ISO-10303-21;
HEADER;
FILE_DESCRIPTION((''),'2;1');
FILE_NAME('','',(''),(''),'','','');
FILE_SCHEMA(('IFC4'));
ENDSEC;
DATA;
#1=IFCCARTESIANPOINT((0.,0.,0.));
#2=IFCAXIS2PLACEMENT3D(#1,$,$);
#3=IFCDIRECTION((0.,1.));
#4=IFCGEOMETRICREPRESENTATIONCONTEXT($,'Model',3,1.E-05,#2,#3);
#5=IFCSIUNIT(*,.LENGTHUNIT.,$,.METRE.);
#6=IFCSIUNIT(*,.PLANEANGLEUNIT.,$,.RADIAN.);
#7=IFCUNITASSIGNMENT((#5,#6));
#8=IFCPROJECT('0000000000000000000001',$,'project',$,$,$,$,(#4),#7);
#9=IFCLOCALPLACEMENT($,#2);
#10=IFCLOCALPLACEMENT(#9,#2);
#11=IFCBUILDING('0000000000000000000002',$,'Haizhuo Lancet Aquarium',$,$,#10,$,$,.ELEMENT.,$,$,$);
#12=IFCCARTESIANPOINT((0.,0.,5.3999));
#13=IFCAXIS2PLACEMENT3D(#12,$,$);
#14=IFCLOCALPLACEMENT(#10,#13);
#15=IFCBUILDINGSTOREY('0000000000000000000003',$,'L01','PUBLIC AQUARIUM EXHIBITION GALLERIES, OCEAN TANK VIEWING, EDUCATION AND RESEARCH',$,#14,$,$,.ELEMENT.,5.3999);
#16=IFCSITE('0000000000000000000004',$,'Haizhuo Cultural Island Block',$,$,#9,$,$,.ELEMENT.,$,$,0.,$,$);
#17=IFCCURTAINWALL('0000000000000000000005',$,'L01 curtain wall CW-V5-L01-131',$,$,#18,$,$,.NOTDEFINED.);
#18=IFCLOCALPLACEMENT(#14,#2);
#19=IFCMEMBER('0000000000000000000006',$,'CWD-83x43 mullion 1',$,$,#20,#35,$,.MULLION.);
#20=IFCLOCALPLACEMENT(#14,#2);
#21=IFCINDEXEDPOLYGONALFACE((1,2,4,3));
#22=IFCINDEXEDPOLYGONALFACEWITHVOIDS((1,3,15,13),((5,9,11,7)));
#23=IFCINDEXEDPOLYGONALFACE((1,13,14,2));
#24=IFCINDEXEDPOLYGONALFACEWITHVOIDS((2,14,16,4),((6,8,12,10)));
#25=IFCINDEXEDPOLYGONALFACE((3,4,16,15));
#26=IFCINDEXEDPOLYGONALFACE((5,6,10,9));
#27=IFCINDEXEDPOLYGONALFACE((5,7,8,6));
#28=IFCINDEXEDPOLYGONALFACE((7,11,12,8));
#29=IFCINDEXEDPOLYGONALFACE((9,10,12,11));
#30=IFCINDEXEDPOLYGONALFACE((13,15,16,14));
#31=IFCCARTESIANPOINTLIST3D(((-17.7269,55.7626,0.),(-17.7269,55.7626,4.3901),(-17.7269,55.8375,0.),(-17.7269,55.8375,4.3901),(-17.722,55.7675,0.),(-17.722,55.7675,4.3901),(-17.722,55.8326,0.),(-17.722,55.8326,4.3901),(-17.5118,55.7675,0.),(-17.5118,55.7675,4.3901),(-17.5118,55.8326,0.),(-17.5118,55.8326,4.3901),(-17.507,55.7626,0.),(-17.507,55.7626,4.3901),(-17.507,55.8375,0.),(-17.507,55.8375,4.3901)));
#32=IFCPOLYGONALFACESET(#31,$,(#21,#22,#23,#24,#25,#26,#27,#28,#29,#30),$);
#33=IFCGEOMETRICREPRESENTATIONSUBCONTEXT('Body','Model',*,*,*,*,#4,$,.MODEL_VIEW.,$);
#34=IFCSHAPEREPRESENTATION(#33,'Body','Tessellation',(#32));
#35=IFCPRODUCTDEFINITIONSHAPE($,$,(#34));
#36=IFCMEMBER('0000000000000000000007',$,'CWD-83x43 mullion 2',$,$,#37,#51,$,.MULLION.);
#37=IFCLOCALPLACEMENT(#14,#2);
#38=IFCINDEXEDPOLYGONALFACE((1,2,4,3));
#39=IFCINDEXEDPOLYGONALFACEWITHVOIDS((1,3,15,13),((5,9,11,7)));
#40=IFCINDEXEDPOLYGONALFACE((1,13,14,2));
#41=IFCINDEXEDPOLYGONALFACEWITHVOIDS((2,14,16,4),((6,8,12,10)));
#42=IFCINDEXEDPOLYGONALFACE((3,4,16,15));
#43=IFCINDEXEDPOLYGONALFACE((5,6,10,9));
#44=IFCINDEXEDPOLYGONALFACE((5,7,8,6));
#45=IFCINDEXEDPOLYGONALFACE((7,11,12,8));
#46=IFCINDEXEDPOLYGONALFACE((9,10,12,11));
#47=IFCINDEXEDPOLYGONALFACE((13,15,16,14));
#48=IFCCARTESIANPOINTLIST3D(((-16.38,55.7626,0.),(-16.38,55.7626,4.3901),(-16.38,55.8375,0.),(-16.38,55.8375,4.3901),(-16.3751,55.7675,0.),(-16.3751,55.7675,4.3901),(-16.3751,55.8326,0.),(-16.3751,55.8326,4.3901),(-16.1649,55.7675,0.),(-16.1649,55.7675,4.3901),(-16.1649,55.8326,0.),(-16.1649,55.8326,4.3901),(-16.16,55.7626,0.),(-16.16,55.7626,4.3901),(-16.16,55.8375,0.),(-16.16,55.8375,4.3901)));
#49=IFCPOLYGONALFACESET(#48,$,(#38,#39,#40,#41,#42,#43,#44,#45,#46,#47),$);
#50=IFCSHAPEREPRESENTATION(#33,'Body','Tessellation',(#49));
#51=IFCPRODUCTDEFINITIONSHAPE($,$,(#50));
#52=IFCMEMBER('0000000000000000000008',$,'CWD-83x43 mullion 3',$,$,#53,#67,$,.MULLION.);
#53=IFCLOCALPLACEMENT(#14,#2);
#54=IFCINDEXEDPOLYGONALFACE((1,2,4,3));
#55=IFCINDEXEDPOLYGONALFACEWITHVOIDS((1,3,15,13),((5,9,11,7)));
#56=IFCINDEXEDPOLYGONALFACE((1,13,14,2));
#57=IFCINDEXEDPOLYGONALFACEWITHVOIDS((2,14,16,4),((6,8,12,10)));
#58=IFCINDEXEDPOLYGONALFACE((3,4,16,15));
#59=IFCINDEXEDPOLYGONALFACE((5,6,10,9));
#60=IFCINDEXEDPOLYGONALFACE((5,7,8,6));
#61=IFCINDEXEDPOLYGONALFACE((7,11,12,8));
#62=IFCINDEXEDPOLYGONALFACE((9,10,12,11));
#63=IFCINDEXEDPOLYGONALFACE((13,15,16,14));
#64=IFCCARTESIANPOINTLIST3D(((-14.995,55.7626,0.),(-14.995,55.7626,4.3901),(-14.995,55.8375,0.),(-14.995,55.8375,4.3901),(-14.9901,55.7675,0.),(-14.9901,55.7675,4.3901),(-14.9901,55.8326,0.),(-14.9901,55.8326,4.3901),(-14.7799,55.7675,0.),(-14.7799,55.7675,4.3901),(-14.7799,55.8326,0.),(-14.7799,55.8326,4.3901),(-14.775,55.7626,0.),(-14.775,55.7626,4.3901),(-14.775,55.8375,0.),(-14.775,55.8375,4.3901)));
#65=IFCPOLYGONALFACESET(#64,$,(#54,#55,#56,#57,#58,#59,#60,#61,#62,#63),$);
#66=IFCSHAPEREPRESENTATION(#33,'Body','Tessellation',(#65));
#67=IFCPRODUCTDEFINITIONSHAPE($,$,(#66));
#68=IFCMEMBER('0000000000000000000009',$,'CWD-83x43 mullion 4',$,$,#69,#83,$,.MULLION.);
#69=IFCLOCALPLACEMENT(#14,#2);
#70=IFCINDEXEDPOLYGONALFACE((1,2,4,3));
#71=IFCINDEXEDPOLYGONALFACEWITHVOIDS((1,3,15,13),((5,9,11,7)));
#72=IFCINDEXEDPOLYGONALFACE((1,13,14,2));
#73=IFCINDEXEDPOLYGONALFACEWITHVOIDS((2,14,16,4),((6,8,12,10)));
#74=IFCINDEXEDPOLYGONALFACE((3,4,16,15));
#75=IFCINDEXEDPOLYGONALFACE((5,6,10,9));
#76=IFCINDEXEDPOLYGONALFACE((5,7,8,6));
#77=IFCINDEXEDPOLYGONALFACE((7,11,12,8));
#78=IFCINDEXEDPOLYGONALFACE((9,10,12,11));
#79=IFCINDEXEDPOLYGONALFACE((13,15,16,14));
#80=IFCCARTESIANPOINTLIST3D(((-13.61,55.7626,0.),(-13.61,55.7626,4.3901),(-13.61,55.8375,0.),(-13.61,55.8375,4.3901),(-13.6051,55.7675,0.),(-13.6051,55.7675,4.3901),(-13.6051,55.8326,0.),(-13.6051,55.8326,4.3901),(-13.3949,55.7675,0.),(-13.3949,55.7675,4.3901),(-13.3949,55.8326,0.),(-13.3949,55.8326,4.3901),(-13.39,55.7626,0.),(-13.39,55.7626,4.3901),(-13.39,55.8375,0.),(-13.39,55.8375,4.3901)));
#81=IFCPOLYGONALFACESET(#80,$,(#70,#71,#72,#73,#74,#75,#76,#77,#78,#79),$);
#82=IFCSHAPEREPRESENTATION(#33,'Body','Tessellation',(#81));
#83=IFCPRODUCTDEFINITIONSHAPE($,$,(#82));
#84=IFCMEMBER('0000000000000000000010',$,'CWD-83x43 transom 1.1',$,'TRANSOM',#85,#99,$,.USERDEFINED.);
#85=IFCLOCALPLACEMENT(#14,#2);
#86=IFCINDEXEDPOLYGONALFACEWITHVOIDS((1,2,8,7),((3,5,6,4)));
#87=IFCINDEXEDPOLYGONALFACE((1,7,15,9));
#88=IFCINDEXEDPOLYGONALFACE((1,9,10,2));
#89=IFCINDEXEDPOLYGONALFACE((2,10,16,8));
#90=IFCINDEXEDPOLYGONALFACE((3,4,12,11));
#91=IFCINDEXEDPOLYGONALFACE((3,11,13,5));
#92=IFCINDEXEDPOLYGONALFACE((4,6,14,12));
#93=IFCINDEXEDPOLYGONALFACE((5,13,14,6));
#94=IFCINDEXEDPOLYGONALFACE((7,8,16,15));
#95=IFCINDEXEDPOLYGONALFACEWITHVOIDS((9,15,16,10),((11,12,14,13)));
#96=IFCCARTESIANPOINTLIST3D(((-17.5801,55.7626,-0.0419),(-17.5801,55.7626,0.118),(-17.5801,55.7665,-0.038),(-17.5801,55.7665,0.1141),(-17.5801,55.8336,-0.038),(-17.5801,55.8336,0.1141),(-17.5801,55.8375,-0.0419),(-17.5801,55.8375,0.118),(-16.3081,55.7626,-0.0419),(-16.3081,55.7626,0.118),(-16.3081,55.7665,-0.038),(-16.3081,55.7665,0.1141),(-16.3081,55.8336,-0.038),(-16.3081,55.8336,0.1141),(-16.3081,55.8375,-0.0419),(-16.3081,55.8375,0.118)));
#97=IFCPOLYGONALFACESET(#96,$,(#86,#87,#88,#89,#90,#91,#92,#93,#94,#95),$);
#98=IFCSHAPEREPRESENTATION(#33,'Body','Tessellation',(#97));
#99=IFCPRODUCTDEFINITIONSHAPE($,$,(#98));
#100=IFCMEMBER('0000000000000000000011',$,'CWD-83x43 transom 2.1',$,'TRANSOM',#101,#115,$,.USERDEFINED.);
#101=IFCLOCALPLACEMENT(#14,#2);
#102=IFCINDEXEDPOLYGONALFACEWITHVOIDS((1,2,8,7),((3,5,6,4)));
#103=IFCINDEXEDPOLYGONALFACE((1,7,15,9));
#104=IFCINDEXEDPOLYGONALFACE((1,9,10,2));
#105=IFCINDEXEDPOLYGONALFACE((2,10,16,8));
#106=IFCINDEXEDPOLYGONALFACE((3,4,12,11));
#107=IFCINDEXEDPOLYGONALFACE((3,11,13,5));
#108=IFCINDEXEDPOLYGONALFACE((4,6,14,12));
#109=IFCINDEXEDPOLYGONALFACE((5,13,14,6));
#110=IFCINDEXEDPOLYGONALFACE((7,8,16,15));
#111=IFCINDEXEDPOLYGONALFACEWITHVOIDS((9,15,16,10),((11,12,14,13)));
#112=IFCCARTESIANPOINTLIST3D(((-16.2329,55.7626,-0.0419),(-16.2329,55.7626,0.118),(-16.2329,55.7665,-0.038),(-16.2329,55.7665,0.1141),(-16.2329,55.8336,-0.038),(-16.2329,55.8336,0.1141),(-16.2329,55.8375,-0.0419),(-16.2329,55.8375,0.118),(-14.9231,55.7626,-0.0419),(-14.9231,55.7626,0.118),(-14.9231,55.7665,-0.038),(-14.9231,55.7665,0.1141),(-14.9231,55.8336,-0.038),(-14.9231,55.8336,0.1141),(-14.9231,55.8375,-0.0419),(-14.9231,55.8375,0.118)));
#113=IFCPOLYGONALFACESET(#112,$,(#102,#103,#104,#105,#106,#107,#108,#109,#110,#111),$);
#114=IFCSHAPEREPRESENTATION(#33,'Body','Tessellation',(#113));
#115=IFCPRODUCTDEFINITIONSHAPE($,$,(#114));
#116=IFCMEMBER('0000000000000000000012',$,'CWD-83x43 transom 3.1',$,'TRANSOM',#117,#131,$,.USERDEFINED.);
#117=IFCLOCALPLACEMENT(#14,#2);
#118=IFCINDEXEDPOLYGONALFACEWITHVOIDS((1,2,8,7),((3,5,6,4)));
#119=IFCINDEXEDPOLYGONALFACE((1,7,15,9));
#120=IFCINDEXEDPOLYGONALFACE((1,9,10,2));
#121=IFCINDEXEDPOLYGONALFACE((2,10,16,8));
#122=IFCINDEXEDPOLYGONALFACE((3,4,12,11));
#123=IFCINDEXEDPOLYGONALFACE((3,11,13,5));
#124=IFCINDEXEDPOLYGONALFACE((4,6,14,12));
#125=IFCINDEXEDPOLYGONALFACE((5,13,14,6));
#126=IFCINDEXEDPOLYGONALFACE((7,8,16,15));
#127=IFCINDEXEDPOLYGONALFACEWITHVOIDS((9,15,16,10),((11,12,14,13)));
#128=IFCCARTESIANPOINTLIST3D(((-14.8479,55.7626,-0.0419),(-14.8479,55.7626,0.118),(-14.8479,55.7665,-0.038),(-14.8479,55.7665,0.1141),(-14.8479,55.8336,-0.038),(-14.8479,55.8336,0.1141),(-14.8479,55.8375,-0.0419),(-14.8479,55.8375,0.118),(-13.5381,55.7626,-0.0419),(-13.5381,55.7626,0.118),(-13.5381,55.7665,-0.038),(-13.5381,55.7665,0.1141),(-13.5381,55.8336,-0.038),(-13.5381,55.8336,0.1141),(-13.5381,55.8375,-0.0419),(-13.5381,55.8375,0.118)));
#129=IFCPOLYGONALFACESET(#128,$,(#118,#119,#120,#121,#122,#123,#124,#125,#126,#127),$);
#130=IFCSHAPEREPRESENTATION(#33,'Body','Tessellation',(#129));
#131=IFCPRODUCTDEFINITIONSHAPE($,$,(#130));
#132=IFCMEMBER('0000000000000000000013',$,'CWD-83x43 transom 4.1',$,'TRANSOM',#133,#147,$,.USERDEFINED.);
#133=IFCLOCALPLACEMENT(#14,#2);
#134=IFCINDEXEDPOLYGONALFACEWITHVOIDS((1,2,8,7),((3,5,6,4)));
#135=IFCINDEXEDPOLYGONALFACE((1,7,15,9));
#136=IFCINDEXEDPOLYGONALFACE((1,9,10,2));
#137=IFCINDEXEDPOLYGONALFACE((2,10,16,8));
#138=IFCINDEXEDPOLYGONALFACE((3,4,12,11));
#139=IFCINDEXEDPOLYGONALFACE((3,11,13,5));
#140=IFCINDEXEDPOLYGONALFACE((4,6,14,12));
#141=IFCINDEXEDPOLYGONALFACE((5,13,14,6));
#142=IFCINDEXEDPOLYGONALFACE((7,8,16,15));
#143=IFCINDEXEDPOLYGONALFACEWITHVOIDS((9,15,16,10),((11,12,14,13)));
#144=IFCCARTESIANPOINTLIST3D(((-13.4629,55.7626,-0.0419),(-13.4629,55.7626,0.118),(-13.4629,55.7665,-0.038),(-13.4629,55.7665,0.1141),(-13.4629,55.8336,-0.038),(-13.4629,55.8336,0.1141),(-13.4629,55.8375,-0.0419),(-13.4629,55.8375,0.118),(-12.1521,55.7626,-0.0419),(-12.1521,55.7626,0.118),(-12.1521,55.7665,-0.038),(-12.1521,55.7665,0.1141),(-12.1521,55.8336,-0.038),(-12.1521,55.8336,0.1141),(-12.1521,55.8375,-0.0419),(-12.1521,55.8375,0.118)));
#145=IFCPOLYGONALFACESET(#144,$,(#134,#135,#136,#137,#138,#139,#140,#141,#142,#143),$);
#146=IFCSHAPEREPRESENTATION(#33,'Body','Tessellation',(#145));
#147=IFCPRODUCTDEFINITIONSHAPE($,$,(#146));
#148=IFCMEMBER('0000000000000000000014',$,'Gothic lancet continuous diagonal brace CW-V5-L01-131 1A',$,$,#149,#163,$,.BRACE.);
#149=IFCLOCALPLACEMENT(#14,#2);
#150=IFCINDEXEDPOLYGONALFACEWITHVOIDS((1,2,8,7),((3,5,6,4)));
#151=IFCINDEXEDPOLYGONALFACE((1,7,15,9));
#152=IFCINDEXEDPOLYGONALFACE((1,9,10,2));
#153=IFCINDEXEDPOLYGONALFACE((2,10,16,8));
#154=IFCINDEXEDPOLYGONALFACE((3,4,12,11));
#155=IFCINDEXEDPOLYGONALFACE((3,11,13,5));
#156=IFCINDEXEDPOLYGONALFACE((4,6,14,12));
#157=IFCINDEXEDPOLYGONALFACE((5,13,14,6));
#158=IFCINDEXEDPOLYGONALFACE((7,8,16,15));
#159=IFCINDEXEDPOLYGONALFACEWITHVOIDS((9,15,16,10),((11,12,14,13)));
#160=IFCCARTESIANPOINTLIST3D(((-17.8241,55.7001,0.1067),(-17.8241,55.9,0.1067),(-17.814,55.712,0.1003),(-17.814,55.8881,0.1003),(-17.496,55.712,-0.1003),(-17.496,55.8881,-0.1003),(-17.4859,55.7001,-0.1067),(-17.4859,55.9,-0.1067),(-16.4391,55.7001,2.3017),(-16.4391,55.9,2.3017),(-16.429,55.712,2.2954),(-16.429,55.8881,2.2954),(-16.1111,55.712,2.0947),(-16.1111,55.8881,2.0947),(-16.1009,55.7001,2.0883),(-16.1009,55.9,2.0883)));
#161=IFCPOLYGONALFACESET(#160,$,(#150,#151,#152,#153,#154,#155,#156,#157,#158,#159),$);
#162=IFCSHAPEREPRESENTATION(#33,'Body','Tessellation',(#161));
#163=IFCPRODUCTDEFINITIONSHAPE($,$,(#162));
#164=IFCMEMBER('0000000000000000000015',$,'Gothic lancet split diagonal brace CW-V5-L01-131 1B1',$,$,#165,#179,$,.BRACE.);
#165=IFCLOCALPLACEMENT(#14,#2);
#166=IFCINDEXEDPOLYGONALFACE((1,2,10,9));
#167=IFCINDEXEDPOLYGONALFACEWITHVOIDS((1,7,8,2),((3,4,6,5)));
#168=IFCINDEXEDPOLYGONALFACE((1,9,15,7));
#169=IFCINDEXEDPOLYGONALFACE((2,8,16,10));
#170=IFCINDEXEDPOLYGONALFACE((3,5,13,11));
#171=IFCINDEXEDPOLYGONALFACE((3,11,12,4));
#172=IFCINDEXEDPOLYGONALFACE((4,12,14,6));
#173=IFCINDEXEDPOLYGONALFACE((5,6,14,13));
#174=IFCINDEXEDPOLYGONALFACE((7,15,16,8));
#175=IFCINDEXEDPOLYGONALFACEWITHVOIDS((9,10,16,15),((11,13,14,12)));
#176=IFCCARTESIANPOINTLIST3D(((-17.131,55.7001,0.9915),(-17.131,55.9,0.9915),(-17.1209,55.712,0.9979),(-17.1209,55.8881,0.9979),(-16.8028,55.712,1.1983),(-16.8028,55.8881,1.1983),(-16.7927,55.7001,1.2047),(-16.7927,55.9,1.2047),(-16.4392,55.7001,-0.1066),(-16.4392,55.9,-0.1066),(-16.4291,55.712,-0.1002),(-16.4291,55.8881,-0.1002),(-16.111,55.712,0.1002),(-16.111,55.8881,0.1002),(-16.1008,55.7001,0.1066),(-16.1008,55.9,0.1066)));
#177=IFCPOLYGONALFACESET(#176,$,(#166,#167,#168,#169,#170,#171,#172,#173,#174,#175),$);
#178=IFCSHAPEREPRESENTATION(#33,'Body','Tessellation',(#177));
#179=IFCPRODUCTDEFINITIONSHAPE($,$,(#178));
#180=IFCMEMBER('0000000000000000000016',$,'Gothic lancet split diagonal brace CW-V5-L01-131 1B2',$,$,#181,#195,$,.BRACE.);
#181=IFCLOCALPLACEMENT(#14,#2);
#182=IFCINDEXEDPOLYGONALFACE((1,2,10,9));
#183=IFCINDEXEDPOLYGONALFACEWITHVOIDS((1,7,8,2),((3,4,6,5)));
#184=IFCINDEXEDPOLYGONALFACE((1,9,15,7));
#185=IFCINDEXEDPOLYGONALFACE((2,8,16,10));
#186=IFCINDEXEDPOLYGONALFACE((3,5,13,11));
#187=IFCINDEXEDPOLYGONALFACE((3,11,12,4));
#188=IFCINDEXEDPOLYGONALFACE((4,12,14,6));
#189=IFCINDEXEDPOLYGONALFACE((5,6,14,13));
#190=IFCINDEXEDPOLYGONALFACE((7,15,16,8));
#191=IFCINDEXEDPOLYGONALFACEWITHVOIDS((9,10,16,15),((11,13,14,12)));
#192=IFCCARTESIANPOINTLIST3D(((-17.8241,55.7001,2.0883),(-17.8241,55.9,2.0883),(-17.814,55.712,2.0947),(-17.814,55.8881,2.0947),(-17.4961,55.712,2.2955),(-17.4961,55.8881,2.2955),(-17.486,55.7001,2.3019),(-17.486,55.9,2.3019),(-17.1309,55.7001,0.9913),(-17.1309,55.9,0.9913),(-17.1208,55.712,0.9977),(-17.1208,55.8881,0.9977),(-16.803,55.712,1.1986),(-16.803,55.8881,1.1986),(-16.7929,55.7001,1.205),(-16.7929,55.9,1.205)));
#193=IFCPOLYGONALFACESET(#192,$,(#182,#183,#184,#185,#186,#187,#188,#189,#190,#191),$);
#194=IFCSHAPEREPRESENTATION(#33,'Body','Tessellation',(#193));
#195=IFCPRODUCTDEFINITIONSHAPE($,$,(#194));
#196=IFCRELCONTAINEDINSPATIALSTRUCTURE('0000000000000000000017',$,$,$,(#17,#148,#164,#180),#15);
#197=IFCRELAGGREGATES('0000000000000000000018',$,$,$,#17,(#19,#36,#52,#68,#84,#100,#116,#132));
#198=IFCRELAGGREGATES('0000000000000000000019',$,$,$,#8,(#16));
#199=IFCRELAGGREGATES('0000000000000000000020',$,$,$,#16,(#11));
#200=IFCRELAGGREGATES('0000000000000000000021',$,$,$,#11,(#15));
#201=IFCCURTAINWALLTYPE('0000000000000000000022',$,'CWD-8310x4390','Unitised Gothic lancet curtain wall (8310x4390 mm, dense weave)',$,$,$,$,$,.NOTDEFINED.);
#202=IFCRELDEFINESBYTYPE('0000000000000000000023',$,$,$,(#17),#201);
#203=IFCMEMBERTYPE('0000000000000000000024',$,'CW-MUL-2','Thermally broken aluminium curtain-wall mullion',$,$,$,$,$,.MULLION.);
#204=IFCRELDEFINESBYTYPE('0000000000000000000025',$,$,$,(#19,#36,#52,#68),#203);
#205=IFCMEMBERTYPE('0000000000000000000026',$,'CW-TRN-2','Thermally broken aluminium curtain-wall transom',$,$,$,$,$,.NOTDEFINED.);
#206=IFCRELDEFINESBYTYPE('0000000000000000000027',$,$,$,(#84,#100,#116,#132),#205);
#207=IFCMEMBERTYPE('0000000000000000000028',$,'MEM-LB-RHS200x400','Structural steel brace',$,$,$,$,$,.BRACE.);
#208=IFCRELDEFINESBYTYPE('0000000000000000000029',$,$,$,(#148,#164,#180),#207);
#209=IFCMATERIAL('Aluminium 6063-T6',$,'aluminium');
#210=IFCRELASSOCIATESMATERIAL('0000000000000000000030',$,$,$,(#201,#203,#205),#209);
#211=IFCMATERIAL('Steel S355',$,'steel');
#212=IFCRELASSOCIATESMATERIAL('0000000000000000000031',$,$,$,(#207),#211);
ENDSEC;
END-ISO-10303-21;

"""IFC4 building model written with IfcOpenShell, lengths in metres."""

from ifc_helpers import new_model, si_unit, direction, frame, origin, origin_2d, place, context, subcontext, project, spatial, hollow_rectangle, extrude, material, material_profile, profile_set, type_object, element, aggregate, save


model = new_model("IFC4")

# Units and contexts
model_context = context("Model", 3, precision=1e-05, world=origin(), true_north=direction((0.0, 1.0)))
body_context = subcontext(model_context, "Body", "Model", "MODEL_VIEW")
ifc_project = project(units=[si_unit("LENGTHUNIT", "METRE"), si_unit("PLANEANGLEUNIT", "RADIAN")], contexts=[model_context])

# Site, building, storey
site_placement = place(None, origin())
site = spatial("IfcSite", under=ifc_project, at=site_placement, Name="Haizhuo Cultural Island Block", CompositionType="ELEMENT", RefElevation=0.0)
building_placement = place(site_placement, origin())
building = spatial("IfcBuilding", under=site, at=building_placement, Name="Haizhuo Lancet Aquarium", CompositionType="ELEMENT")
storey_placement = place(building_placement, frame((0.0, 0.0, 5.3999)))
storey = spatial("IfcBuildingStorey", under=building, at=storey_placement, Name="L01", Description="PUBLIC AQUARIUM EXHIBITION GALLERIES, OCEAN TANK VIEWING, EDUCATION AND RESEARCH", CompositionType="ELEMENT", Elevation=5.3999)

# Curtain wall, members
ifc_material_1 = material(Name="Aluminium 6063-T6", Category="aluminium")
curtain_wall_type = type_object("IfcCurtainWallType", Name="CWD-8310x4390", Description="Unitised Gothic lancet curtain wall (8310x4390 mm, dense weave)", PredefinedType="NOTDEFINED", material=ifc_material_1)
curtain_wall_placement = place(storey_placement, origin())
curtain_wall = element("IfcCurtainWall", 1, at=curtain_wall_placement, inside=storey, type_object=curtain_wall_type, Name="L01 curtain wall CW-V5-L01-131", PredefinedType="NOTDEFINED")
ifc_material_profile_1 = material_profile(ifc_material_1, hollow_rectangle(XDim=0.075, YDim=0.22, WallThickness=0.0049, at=origin_2d()), Name="ALU-M 75x220x5")
ifc_profile_set_1 = profile_set([ifc_material_profile_1], Name="Aluminium 6063-T6")
member_type_1 = type_object("IfcMemberType", Name="CW-MUL-2", Description="Thermally broken aluminium curtain-wall mullion", PredefinedType="MULLION", material=ifc_profile_set_1)
member_1_placement = place(storey_placement, frame((-17.6169, 55.8, 0.0), z_axis=(0.0, 0.0, 1.0), x_axis=(0.0, 1.0, 0.0)))
member_1 = element("IfcMember", 2, at=member_1_placement, type_object=member_type_1, Name="CWD-83x43 mullion 1", PredefinedType="MULLION", context=body_context, shape_type="SweptSolid", body=[
    extrude(hollow_rectangle(XDim=0.075, YDim=0.22, WallThickness=0.0049, at=origin_2d()), origin(), (0.0, 0.0, 1.0), 4.3901),
])
member_2_placement = place(storey_placement, frame((-16.27, 55.8, 0.0), z_axis=(0.0, 0.0, 1.0), x_axis=(0.0, 1.0, 0.0)))
member_2 = element("IfcMember", 3, at=member_2_placement, type_object=member_type_1, Name="CWD-83x43 mullion 2", PredefinedType="MULLION", context=body_context, shape_type="SweptSolid", body=[
    extrude(hollow_rectangle(XDim=0.075, YDim=0.22, WallThickness=0.0049, at=origin_2d()), origin(), (0.0, 0.0, 1.0), 4.3901),
])
member_3_placement = place(storey_placement, frame((-14.885, 55.8, 0.0), z_axis=(0.0, 0.0, 1.0), x_axis=(0.0, 1.0, 0.0)))
member_3 = element("IfcMember", 4, at=member_3_placement, type_object=member_type_1, Name="CWD-83x43 mullion 3", PredefinedType="MULLION", context=body_context, shape_type="SweptSolid", body=[
    extrude(hollow_rectangle(XDim=0.075, YDim=0.22, WallThickness=0.0049, at=origin_2d()), origin(), (0.0, 0.0, 1.0), 4.3901),
])
member_4_placement = place(storey_placement, frame((-13.5, 55.8, 0.0), z_axis=(0.0, 0.0, 1.0), x_axis=(0.0, 1.0, 0.0)))
member_4 = element("IfcMember", 5, at=member_4_placement, type_object=member_type_1, Name="CWD-83x43 mullion 4", PredefinedType="MULLION", context=body_context, shape_type="SweptSolid", body=[
    extrude(hollow_rectangle(XDim=0.075, YDim=0.22, WallThickness=0.0049, at=origin_2d()), origin(), (0.0, 0.0, 1.0), 4.3901),
])
ifc_material_profile_2 = material_profile(ifc_material_1, hollow_rectangle(XDim=0.075, YDim=0.1599, WallThickness=0.0039, at=origin_2d()), Name="ALU-T 75x160x4")
ifc_profile_set_2 = profile_set([ifc_material_profile_2], Name="Aluminium 6063-T6")
member_type_2 = type_object("IfcMemberType", Name="CW-TRN-2", Description="Thermally broken aluminium curtain-wall transom", PredefinedType="NOTDEFINED", material=ifc_profile_set_2)
member_5_placement = place(storey_placement, frame((-17.5801, 55.8, 0.0381), z_axis=(1.0, 0.0, 0.0), x_axis=(0.0, 1.0, 0.0)))
member_5 = element("IfcMember", 6, at=member_5_placement, type_object=member_type_2, Name="CWD-83x43 transom 1.1", ObjectType="TRANSOM", PredefinedType="USERDEFINED", context=body_context, shape_type="SweptSolid", body=[
    extrude(hollow_rectangle(XDim=0.075, YDim=0.1599, WallThickness=0.0039, at=origin_2d()), origin(), (0.0, 0.0, 1.0), 1.272),
])
member_6_placement = place(storey_placement, frame((-16.2329, 55.8, 0.0381), z_axis=(1.0, 0.0, 0.0), x_axis=(0.0, 1.0, 0.0)))
member_6 = element("IfcMember", 7, at=member_6_placement, type_object=member_type_2, Name="CWD-83x43 transom 2.1", ObjectType="TRANSOM", PredefinedType="USERDEFINED", context=body_context, shape_type="SweptSolid", body=[
    extrude(hollow_rectangle(XDim=0.075, YDim=0.1599, WallThickness=0.0039, at=origin_2d()), origin(), (0.0, 0.0, 1.0), 1.3098),
])
member_7_placement = place(storey_placement, frame((-14.8479, 55.8, 0.0381), z_axis=(1.0, 0.0, 0.0), x_axis=(0.0, 1.0, 0.0)))
member_7 = element("IfcMember", 8, at=member_7_placement, type_object=member_type_2, Name="CWD-83x43 transom 3.1", ObjectType="TRANSOM", PredefinedType="USERDEFINED", context=body_context, shape_type="SweptSolid", body=[
    extrude(hollow_rectangle(XDim=0.075, YDim=0.1599, WallThickness=0.0039, at=origin_2d()), origin(), (0.0, 0.0, 1.0), 1.3098),
])
member_8_placement = place(storey_placement, frame((-13.4629, 55.8, 0.0381), z_axis=(1.0, 0.0, 0.0), x_axis=(0.0, 1.0, 0.0)))
member_8 = element("IfcMember", 9, at=member_8_placement, type_object=member_type_2, Name="CWD-83x43 transom 4.1", ObjectType="TRANSOM", PredefinedType="USERDEFINED", context=body_context, shape_type="SweptSolid", body=[
    extrude(hollow_rectangle(XDim=0.075, YDim=0.1599, WallThickness=0.0039, at=origin_2d()), origin(), (0.0, 0.0, 1.0), 1.3108),
])

# Members
ifc_material_2 = material(Name="Steel S355", Category="steel")
ifc_material_profile_3 = material_profile(ifc_material_2, hollow_rectangle(XDim=0.2, YDim=0.3999, WallThickness=0.012, at=origin_2d()), Name="RHS 200x400x12")
ifc_profile_set_3 = profile_set([ifc_material_profile_3], Name="Steel S355")
member_type_3 = type_object("IfcMemberType", Name="MEM-LB-RHS200x400", Description="Structural steel brace", PredefinedType="BRACE", material=ifc_profile_set_3)
member_9_placement = place(storey_placement, frame((-17.655, 55.8, 0.0), z_axis=(0.533621, 0.0, 0.845724), x_axis=(0.0, 1.0, 0.0)))
element("IfcMember", 10, at=member_9_placement, inside=storey, type_object=member_type_3, Name="Gothic lancet continuous diagonal brace CW-V5-L01-131 1A", PredefinedType="BRACE", context=body_context, shape_type="SweptSolid", body=[
    extrude(hollow_rectangle(XDim=0.2, YDim=0.3999, WallThickness=0.012, at=origin_2d()), origin(), (0.0, 0.0, 1.0), 2.5955),
])
member_10_placement = place(storey_placement, frame((-16.27, 55.8, 0.0), z_axis=(-0.533073, 0.0, 0.846069), x_axis=(0.0, -1.0, 0.0)))
element("IfcMember", 11, at=member_10_placement, inside=storey, type_object=member_type_3, Name="Gothic lancet split diagonal brace CW-V5-L01-131 1B1", PredefinedType="BRACE", context=body_context, shape_type="SweptSolid", body=[
    extrude(hollow_rectangle(XDim=0.2, YDim=0.3999, WallThickness=0.012, at=origin_2d()), origin(), (0.0, 0.0, 1.0), 1.2979),
])
member_11_placement = place(storey_placement, frame((-16.9619, 55.8, 1.0981), z_axis=(-0.53417, 0.0, 0.845377), x_axis=(0.0, -1.0, 0.0)))
element("IfcMember", 12, at=member_11_placement, inside=storey, type_object=member_type_3, Name="Gothic lancet split diagonal brace CW-V5-L01-131 1B2", PredefinedType="BRACE", context=body_context, shape_type="SweptSolid", body=[
    extrude(hollow_rectangle(XDim=0.2, YDim=0.3999, WallThickness=0.012, at=origin_2d()), origin(), (0.0, 0.0, 1.0), 1.2976),
])

aggregate(curtain_wall, [member_1, member_2, member_3, member_4, member_5, member_6, member_7, member_8])

save(model, "model.ifc")
